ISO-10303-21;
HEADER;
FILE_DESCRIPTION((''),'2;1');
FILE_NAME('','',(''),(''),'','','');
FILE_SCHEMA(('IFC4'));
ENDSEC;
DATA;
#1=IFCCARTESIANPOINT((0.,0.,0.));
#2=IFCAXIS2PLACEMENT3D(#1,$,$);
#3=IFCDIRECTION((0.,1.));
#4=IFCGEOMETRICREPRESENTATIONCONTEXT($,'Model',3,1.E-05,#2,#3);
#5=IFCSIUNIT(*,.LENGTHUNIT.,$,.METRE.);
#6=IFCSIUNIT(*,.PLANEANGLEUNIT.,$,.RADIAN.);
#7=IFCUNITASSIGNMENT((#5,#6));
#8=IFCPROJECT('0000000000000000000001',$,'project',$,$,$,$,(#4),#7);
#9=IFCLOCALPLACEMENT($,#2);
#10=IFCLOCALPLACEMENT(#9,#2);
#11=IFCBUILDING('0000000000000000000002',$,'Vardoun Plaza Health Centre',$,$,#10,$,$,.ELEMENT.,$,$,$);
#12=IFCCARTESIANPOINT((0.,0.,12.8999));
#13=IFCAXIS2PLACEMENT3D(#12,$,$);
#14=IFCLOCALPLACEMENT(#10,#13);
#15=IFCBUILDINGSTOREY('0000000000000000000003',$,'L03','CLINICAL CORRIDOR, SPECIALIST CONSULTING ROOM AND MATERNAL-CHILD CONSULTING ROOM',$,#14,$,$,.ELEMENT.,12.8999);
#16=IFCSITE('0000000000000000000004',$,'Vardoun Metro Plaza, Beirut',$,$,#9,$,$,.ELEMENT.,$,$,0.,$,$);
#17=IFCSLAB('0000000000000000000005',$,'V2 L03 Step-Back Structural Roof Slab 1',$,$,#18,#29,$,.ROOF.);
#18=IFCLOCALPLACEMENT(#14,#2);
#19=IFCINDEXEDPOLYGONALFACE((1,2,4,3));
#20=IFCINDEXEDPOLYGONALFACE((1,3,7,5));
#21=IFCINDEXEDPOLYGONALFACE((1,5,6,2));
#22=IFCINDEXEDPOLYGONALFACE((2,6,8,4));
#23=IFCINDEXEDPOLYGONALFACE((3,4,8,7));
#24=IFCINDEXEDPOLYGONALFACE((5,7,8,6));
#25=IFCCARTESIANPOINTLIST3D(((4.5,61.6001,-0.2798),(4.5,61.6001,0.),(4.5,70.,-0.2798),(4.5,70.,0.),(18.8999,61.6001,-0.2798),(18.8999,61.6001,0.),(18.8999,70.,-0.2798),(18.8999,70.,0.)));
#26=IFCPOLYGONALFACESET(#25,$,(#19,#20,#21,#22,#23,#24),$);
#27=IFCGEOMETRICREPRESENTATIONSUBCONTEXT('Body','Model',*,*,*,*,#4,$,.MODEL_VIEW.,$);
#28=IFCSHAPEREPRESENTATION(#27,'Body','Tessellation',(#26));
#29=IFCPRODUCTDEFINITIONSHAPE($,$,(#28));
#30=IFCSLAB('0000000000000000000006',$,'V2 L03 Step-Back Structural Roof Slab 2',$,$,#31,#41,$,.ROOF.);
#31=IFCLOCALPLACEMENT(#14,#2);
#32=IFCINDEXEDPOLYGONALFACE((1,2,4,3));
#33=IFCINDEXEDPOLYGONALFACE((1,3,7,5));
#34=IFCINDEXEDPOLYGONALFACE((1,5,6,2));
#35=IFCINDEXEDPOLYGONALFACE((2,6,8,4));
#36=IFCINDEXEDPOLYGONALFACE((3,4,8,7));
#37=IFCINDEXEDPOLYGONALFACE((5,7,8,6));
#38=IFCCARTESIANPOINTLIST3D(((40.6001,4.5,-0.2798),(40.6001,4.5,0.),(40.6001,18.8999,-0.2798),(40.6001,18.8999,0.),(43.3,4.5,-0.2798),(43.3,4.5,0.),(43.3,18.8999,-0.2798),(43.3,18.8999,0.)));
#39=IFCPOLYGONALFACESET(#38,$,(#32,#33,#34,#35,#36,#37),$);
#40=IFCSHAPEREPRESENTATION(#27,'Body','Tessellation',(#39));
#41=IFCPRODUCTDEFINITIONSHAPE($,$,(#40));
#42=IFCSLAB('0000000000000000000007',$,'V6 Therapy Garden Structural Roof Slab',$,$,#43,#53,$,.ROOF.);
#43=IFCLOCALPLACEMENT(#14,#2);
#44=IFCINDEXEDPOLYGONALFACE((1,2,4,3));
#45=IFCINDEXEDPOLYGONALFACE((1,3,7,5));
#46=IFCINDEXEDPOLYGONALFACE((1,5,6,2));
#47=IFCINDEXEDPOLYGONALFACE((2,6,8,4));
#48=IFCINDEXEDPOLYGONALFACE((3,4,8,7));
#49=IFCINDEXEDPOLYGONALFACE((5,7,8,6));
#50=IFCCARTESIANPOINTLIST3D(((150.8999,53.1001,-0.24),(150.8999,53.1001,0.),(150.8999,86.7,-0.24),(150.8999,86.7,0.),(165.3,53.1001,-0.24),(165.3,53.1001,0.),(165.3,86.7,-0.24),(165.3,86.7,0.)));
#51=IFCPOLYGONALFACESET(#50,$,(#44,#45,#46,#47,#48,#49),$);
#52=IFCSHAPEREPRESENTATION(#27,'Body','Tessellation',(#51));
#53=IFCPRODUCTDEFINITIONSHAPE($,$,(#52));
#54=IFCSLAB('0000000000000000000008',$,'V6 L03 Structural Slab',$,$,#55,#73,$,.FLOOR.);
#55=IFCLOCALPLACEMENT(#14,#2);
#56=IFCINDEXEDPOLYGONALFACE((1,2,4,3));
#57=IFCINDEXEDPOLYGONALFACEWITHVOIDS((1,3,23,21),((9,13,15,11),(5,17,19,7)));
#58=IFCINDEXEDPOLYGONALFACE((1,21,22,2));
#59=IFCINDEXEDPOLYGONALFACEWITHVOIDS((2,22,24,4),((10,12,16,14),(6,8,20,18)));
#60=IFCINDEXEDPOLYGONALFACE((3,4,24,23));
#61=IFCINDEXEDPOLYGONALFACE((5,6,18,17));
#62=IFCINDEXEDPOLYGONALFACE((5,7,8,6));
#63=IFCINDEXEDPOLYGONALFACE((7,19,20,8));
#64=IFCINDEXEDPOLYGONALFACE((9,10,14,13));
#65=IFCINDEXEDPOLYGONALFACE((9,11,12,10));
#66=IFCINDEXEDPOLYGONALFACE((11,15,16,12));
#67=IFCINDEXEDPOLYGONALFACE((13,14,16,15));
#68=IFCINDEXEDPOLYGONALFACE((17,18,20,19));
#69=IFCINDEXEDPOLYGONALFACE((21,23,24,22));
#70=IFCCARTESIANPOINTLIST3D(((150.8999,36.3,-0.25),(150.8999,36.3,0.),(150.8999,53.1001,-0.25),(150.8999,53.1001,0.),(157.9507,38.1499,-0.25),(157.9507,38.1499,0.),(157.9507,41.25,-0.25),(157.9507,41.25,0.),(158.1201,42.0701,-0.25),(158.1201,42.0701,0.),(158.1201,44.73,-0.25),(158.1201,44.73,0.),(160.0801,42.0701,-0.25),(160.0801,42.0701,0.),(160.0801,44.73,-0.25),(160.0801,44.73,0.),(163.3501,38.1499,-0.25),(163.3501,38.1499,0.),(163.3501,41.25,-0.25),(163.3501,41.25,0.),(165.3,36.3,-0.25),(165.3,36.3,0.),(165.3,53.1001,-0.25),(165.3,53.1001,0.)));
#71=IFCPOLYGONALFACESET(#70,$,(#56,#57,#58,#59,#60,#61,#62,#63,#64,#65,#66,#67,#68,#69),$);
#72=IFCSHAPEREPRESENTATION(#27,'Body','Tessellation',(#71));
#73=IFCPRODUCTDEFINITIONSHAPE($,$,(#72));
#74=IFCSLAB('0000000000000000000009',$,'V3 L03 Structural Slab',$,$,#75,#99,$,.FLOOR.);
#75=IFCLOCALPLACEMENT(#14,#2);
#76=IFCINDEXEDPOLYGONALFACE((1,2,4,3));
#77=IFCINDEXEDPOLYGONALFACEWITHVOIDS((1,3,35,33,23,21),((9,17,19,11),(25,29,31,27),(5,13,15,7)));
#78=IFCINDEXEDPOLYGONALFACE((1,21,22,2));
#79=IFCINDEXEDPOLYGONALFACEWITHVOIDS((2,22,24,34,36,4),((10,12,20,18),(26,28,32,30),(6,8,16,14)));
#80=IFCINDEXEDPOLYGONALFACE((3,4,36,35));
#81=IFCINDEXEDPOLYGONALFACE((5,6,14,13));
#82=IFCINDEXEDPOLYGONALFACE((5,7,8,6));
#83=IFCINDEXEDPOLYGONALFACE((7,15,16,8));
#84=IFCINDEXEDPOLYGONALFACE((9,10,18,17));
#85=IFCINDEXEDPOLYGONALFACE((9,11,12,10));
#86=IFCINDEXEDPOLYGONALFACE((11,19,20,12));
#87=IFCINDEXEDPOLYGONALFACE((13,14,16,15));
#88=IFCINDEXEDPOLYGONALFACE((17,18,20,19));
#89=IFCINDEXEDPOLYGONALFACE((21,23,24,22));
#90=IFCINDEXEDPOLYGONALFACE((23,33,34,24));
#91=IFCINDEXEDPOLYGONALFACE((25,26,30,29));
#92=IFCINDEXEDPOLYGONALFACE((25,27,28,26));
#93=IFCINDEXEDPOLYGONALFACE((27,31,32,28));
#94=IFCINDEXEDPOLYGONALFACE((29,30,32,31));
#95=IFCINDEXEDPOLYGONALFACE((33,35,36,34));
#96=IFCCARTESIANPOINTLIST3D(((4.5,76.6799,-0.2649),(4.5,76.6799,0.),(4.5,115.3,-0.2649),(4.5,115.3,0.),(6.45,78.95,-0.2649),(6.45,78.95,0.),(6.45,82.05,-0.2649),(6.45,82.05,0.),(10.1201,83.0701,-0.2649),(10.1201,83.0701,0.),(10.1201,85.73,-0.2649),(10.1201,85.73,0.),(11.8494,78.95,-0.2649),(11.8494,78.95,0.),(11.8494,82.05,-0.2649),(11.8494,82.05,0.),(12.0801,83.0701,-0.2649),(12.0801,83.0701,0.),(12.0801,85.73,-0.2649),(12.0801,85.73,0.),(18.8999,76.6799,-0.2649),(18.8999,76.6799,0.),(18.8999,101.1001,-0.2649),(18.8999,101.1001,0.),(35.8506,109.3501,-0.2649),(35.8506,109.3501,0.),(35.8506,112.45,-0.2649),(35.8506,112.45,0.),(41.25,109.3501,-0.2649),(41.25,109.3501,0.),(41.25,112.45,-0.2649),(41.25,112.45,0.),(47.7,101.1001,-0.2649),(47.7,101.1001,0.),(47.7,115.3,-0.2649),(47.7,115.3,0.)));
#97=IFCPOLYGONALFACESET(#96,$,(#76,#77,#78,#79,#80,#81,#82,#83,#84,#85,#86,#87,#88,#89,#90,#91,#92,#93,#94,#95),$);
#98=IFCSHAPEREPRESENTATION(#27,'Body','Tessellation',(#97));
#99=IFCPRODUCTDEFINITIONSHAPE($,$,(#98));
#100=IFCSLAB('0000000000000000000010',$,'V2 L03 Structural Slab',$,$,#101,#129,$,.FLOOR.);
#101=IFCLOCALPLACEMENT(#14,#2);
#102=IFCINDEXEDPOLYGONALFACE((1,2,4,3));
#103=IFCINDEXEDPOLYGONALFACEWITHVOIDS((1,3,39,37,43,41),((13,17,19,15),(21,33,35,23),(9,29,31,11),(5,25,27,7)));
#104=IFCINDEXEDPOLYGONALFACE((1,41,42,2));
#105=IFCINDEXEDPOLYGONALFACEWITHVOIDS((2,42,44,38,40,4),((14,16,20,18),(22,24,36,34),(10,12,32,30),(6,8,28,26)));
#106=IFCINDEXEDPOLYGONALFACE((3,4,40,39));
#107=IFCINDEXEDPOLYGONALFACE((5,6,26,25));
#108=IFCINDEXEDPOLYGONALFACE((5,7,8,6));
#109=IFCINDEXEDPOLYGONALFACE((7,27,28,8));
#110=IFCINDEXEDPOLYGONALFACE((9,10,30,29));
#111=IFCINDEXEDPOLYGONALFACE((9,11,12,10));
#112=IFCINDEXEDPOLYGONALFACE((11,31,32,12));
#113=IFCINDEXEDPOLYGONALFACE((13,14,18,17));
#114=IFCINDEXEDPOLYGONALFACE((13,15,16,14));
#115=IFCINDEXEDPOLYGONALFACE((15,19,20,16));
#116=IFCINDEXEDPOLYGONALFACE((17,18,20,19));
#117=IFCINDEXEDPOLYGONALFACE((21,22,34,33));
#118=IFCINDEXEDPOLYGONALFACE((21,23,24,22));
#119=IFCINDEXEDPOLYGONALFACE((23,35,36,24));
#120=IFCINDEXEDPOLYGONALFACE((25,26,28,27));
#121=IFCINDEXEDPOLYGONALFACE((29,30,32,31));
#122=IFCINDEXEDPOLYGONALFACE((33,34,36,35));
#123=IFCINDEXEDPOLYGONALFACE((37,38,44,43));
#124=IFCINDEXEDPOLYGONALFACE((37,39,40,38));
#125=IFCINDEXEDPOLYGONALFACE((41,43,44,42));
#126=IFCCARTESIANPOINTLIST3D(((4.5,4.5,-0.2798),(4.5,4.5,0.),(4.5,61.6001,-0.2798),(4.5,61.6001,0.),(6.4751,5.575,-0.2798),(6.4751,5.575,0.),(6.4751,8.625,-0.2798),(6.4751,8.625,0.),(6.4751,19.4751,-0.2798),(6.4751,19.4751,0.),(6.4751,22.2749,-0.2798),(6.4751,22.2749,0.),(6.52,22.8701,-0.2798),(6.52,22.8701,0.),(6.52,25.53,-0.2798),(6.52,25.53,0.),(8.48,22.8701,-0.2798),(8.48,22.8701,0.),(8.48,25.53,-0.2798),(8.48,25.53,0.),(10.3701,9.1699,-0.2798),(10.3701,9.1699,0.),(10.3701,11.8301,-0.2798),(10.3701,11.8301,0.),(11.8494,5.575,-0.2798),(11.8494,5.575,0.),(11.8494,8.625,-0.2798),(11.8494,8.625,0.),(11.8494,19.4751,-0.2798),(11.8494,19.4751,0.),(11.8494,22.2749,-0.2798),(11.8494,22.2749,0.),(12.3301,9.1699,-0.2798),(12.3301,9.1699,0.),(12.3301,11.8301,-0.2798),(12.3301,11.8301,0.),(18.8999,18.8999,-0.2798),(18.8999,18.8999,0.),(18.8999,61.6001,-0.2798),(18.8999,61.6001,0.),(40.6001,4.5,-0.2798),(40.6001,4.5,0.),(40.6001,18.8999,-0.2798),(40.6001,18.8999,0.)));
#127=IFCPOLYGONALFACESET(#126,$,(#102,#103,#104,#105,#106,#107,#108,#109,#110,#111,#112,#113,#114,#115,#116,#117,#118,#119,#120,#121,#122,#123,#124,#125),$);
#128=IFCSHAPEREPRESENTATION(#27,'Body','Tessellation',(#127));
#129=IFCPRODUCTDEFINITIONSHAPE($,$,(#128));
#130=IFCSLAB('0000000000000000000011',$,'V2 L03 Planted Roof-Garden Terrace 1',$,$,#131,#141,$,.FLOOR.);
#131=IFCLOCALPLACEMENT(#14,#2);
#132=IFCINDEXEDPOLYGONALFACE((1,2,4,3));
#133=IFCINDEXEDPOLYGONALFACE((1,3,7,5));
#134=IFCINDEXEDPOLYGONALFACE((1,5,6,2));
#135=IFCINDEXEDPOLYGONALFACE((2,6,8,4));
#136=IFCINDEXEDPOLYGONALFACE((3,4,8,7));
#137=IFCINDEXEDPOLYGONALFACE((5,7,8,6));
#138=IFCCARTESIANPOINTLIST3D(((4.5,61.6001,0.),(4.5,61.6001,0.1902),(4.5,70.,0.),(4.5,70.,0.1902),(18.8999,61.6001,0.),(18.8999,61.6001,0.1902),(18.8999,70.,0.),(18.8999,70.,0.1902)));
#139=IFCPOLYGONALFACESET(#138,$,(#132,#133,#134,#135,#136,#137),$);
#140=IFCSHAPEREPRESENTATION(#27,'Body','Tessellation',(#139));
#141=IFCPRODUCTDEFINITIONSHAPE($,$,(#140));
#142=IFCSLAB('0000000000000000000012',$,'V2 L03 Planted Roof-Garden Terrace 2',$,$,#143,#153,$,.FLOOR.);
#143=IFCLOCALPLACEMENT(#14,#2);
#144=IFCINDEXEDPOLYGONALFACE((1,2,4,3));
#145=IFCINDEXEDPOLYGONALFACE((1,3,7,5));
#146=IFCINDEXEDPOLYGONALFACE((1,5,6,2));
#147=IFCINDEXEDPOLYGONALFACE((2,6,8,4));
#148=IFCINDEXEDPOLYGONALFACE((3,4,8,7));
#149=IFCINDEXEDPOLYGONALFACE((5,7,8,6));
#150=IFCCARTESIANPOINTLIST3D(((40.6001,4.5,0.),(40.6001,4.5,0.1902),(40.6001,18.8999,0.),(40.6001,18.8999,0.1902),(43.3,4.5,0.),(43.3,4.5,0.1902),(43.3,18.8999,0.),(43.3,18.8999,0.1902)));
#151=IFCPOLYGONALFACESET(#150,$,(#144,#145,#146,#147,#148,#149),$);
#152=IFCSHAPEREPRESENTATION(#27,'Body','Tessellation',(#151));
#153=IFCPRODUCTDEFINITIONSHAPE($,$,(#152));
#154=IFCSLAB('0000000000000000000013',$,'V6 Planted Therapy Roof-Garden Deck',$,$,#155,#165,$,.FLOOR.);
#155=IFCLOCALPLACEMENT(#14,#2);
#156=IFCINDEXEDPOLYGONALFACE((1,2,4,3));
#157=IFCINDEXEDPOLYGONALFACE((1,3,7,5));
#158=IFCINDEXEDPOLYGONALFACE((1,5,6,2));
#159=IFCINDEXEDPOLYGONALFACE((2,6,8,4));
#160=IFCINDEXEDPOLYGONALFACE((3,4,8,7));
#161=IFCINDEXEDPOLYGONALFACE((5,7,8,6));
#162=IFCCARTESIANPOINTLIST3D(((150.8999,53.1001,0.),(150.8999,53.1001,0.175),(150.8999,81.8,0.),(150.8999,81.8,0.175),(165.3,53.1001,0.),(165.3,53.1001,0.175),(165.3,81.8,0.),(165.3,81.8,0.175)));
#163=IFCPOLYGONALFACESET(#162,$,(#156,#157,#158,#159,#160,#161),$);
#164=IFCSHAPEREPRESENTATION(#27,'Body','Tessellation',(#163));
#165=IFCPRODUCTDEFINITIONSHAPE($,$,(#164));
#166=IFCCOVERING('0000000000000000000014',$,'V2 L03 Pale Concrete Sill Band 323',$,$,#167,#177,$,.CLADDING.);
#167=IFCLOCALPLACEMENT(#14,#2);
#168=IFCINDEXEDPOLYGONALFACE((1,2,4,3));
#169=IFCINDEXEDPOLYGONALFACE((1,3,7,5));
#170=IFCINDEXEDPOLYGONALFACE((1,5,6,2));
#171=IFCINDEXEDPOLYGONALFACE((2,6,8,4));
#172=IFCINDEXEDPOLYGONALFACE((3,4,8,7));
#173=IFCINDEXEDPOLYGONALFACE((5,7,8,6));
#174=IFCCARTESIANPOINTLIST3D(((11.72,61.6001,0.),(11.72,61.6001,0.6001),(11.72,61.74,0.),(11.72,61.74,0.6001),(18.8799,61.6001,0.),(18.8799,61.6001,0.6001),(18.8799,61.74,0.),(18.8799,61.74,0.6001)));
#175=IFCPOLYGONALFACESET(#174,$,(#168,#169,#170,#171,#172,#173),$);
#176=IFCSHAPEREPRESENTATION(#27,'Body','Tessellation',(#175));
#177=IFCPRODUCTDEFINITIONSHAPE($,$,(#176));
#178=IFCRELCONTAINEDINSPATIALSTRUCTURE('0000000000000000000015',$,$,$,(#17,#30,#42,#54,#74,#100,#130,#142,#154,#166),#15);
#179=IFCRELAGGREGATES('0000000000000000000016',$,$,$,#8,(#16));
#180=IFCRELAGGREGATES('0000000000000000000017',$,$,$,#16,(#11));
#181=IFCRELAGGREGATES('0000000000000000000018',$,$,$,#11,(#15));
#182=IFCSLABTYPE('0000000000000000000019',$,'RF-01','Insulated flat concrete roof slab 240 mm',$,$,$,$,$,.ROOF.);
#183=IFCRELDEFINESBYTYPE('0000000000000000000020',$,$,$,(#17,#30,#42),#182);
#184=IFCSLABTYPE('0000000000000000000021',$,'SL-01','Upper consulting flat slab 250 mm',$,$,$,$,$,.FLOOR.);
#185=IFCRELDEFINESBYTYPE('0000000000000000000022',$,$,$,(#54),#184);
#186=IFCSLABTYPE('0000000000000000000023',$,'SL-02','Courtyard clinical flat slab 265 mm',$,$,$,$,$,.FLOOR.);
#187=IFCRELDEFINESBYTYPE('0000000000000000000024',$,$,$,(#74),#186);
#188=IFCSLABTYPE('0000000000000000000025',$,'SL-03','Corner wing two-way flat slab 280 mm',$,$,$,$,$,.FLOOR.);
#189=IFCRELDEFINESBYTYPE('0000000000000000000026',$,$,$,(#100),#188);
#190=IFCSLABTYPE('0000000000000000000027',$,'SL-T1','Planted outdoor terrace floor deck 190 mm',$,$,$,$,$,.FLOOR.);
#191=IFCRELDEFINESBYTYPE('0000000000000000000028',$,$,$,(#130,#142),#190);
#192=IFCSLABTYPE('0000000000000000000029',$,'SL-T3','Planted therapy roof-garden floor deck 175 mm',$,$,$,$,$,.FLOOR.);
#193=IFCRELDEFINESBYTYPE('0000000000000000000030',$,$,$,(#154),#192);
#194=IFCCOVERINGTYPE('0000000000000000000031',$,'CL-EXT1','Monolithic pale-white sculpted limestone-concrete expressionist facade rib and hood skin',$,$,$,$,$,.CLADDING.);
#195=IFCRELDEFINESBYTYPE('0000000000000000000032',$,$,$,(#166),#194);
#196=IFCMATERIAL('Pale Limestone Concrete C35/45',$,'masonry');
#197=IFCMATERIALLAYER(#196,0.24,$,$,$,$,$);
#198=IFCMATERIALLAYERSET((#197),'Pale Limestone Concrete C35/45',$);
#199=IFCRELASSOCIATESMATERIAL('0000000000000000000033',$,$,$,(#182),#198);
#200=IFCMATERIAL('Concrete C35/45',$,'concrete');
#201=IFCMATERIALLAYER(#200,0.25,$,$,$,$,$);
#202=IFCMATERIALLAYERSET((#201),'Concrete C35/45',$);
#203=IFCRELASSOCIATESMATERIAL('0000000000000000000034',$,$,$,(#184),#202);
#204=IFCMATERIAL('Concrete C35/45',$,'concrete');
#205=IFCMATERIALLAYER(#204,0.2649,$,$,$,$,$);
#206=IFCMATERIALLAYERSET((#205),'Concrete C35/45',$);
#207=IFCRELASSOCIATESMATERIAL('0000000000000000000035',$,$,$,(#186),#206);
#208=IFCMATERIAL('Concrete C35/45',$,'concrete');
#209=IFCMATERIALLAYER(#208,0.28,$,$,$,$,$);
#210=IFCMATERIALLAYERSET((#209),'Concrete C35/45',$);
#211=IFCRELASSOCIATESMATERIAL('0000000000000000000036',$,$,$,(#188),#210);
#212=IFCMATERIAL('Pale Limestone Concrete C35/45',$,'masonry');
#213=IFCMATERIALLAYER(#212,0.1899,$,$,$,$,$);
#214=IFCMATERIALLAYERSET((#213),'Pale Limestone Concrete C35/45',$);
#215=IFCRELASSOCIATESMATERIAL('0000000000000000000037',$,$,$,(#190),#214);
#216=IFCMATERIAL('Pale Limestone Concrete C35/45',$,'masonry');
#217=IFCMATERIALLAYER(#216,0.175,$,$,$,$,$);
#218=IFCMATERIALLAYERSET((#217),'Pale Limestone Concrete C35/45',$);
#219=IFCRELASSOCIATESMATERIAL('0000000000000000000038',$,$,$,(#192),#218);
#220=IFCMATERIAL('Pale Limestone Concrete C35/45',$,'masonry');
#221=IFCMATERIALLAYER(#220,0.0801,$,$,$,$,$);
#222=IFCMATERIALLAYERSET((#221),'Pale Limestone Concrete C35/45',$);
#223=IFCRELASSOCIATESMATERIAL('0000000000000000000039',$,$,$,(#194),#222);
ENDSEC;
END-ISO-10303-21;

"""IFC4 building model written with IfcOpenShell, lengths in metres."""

from ifc_helpers import new_model, si_unit, direction, frame, origin, place, context, subcontext, project, spatial, polyline, outline, extrude, material, layer, layer_set, type_object, element, save


model = new_model("IFC4")

# Units and contexts
model_context = context("Model", 3, precision=1e-05, world=origin(), true_north=direction((0.0, 1.0)))
body_context = subcontext(model_context, "Body", "Model", "MODEL_VIEW")
ifc_project = project(units=[si_unit("LENGTHUNIT", "METRE"), si_unit("PLANEANGLEUNIT", "RADIAN")], contexts=[model_context])

# Site, building, storey
site_placement = place(None, origin())
site = spatial("IfcSite", under=ifc_project, at=site_placement, Name="Vardoun Metro Plaza, Beirut", CompositionType="ELEMENT", RefElevation=0.0)
building_placement = place(site_placement, origin())
building = spatial("IfcBuilding", under=site, at=building_placement, Name="Vardoun Plaza Health Centre", CompositionType="ELEMENT")
storey_placement = place(building_placement, frame((0.0, 0.0, 12.8999)))
storey = spatial("IfcBuildingStorey", under=building, at=storey_placement, Name="L03", Description="CLINICAL CORRIDOR, SPECIALIST CONSULTING ROOM AND MATERNAL-CHILD CONSULTING ROOM", CompositionType="ELEMENT", Elevation=12.8999)

# Slabs
ifc_material_1 = material(Name="Pale Limestone Concrete C35/45", Category="masonry")
ifc_layer_1 = layer(ifc_material_1, 0.24)
ifc_layer_set_1 = layer_set([ifc_layer_1], Name="Pale Limestone Concrete C35/45")
slab_type_1 = type_object("IfcSlabType", Name="RF-01", Description="Insulated flat concrete roof slab 240 mm", PredefinedType="ROOF", material=ifc_layer_set_1)
slab_1_placement = place(storey_placement, frame((0.0, 0.0, -0.2798)))
element("IfcSlab", 1, at=slab_1_placement, inside=storey, type_object=slab_type_1, Name="V2 L03 Step-Back Structural Roof Slab 1", PredefinedType="ROOF", context=body_context, shape_type="SweptSolid", body=[
    extrude(outline(polyline([(4.5, 61.6001), (18.8999, 61.6001), (18.8999, 70.0), (4.5, 70.0), (4.5, 61.6001)])), origin(), (0.0, 0.0, 1.0), 0.2798),
])
slab_2_placement = place(storey_placement, frame((0.0, 0.0, -0.2798)))
element("IfcSlab", 2, at=slab_2_placement, inside=storey, type_object=slab_type_1, Name="V2 L03 Step-Back Structural Roof Slab 2", PredefinedType="ROOF", context=body_context, shape_type="SweptSolid", body=[
    extrude(outline(polyline([(40.6001, 4.5), (43.3, 4.5), (43.3, 18.8999), (40.6001, 18.8999), (40.6001, 4.5)])), origin(), (0.0, 0.0, 1.0), 0.2798),
])
slab_3_placement = place(storey_placement, frame((0.0, 0.0, -0.24)))
element("IfcSlab", 3, at=slab_3_placement, inside=storey, type_object=slab_type_1, Name="V6 Therapy Garden Structural Roof Slab", PredefinedType="ROOF", context=body_context, shape_type="SweptSolid", body=[
    extrude(outline(polyline([(150.8999, 53.1001), (165.3, 53.1001), (165.3, 86.7), (150.8999, 86.7), (150.8999, 53.1001)])), origin(), (0.0, 0.0, 1.0), 0.24),
])
ifc_material_2 = material(Name="Concrete C35/45", Category="concrete")
ifc_layer_2 = layer(ifc_material_2, 0.25)
ifc_layer_set_2 = layer_set([ifc_layer_2], Name="Concrete C35/45")
slab_type_2 = type_object("IfcSlabType", Name="SL-01", Description="Upper consulting flat slab 250 mm", PredefinedType="FLOOR", material=ifc_layer_set_2)
slab_4_placement = place(storey_placement, frame((0.0, 0.0, -0.25)))
element("IfcSlab", 4, at=slab_4_placement, inside=storey, type_object=slab_type_2, Name="V6 L03 Structural Slab", PredefinedType="FLOOR", context=body_context, shape_type="SweptSolid", body=[
    extrude(outline(polyline([(150.8999, 36.3), (165.3, 36.3), (165.3, 53.1001), (150.8999, 53.1001), (150.8999, 36.3)]), holes=[polyline([(157.9507, 38.1499), (163.3501, 38.1499), (163.3501, 41.25), (157.9507, 41.25), (157.9507, 38.1499)]), polyline([(158.1201, 42.0701), (160.0801, 42.0701), (160.0801, 44.73), (158.1201, 44.73), (158.1201, 42.0701)])]), origin(), (0.0, 0.0, 1.0), 0.25),
])
ifc_material_3 = material(Name="Concrete C35/45", Category="concrete")
ifc_layer_3 = layer(ifc_material_3, 0.2649)
ifc_layer_set_3 = layer_set([ifc_layer_3], Name="Concrete C35/45")
slab_type_3 = type_object("IfcSlabType", Name="SL-02", Description="Courtyard clinical flat slab 265 mm", PredefinedType="FLOOR", material=ifc_layer_set_3)
slab_5_placement = place(storey_placement, frame((0.0, 0.0, -0.2649)))
element("IfcSlab", 5, at=slab_5_placement, inside=storey, type_object=slab_type_3, Name="V3 L03 Structural Slab", PredefinedType="FLOOR", context=body_context, shape_type="SweptSolid", body=[
    extrude(outline(polyline([(4.5, 76.6799), (18.8999, 76.6799), (18.8999, 101.1001), (47.7, 101.1001), (47.7, 115.3), (4.5, 115.3), (4.5, 76.6799)]), holes=[polyline([(6.45, 78.95), (11.8494, 78.95), (11.8494, 82.05), (6.45, 82.05), (6.45, 78.95)]), polyline([(10.1201, 83.0701), (12.0801, 83.0701), (12.0801, 85.73), (10.1201, 85.73), (10.1201, 83.0701)]), polyline([(35.8506, 109.3501), (41.25, 109.3501), (41.25, 112.45), (35.8506, 112.45), (35.8506, 109.3501)])]), origin(), (0.0, 0.0, 1.0), 0.2649),
])
ifc_material_4 = material(Name="Concrete C35/45", Category="concrete")
ifc_layer_4 = layer(ifc_material_4, 0.28)
ifc_layer_set_4 = layer_set([ifc_layer_4], Name="Concrete C35/45")
slab_type_4 = type_object("IfcSlabType", Name="SL-03", Description="Corner wing two-way flat slab 280 mm", PredefinedType="FLOOR", material=ifc_layer_set_4)
slab_6_placement = place(storey_placement, frame((0.0, 0.0, -0.2798)))
element("IfcSlab", 6, at=slab_6_placement, inside=storey, type_object=slab_type_4, Name="V2 L03 Structural Slab", PredefinedType="FLOOR", context=body_context, shape_type="SweptSolid", body=[
    extrude(outline(polyline([(4.5, 4.5), (40.6001, 4.5), (40.6001, 18.8999), (18.8999, 18.8999), (18.8999, 61.6001), (4.5, 61.6001), (4.5, 4.5)]), holes=[polyline([(6.4751, 5.575), (11.8494, 5.575), (11.8494, 8.625), (6.4751, 8.625), (6.4751, 5.575)]), polyline([(10.3701, 9.1699), (12.3301, 9.1699), (12.3301, 11.8301), (10.3701, 11.8301), (10.3701, 9.1699)]), polyline([(6.4751, 19.4751), (11.8494, 19.4751), (11.8494, 22.2749), (6.4751, 22.2749), (6.4751, 19.4751)]), polyline([(6.52, 22.8701), (8.48, 22.8701), (8.48, 25.53), (6.52, 25.53), (6.52, 22.8701)])]), origin(), (0.0, 0.0, 1.0), 0.2798),
])
ifc_material_5 = material(Name="Pale Limestone Concrete C35/45", Category="masonry")
ifc_layer_5 = layer(ifc_material_5, 0.1899)
ifc_layer_set_5 = layer_set([ifc_layer_5], Name="Pale Limestone Concrete C35/45")
slab_type_5 = type_object("IfcSlabType", Name="SL-T1", Description="Planted outdoor terrace floor deck 190 mm", PredefinedType="FLOOR", material=ifc_layer_set_5)
slab_7_placement = place(storey_placement, origin())
element("IfcSlab", 7, at=slab_7_placement, inside=storey, type_object=slab_type_5, Name="V2 L03 Planted Roof-Garden Terrace 1", PredefinedType="FLOOR", context=body_context, shape_type="SweptSolid", body=[
    extrude(outline(polyline([(4.5, 61.6001), (18.8999, 61.6001), (18.8999, 70.0), (4.5, 70.0), (4.5, 61.6001)])), origin(), (0.0, 0.0, 1.0), 0.1902),
])
slab_8_placement = place(storey_placement, origin())
element("IfcSlab", 8, at=slab_8_placement, inside=storey, type_object=slab_type_5, Name="V2 L03 Planted Roof-Garden Terrace 2", PredefinedType="FLOOR", context=body_context, shape_type="SweptSolid", body=[
    extrude(outline(polyline([(40.6001, 4.5), (43.3, 4.5), (43.3, 18.8999), (40.6001, 18.8999), (40.6001, 4.5)])), origin(), (0.0, 0.0, 1.0), 0.1902),
])
ifc_material_6 = material(Name="Pale Limestone Concrete C35/45", Category="masonry")
ifc_layer_6 = layer(ifc_material_6, 0.175)
ifc_layer_set_6 = layer_set([ifc_layer_6], Name="Pale Limestone Concrete C35/45")
slab_type_6 = type_object("IfcSlabType", Name="SL-T3", Description="Planted therapy roof-garden floor deck 175 mm", PredefinedType="FLOOR", material=ifc_layer_set_6)
slab_9_placement = place(storey_placement, origin())
element("IfcSlab", 9, at=slab_9_placement, inside=storey, type_object=slab_type_6, Name="V6 Planted Therapy Roof-Garden Deck", PredefinedType="FLOOR", context=body_context, shape_type="SweptSolid", body=[
    extrude(outline(polyline([(150.8999, 53.1001), (165.3, 53.1001), (165.3, 81.8), (150.8999, 81.8), (150.8999, 53.1001)])), origin(), (0.0, 0.0, 1.0), 0.175),
])

# Covering
ifc_material_7 = material(Name="Pale Limestone Concrete C35/45", Category="masonry")
ifc_layer_7 = layer(ifc_material_7, 0.0801)
ifc_layer_set_7 = layer_set([ifc_layer_7], Name="Pale Limestone Concrete C35/45")
covering_type = type_object("IfcCoveringType", Name="CL-EXT1", Description="Monolithic pale-white sculpted limestone-concrete expressionist facade rib and hood skin", PredefinedType="CLADDING", material=ifc_layer_set_7)
covering_1_placement = place(storey_placement, origin())
element("IfcCovering", 10, at=covering_1_placement, inside=storey, type_object=covering_type, Name="V2 L03 Pale Concrete Sill Band 323", PredefinedType="CLADDING", context=body_context, shape_type="SweptSolid", body=[
    extrude(outline(polyline([(11.72, 61.6001), (18.8799, 61.6001), (18.8799, 61.74), (11.72, 61.74), (11.72, 61.6001)])), origin(), (0.0, 0.0, 1.0), 0.6001),
])

save(model, "model.ifc")
